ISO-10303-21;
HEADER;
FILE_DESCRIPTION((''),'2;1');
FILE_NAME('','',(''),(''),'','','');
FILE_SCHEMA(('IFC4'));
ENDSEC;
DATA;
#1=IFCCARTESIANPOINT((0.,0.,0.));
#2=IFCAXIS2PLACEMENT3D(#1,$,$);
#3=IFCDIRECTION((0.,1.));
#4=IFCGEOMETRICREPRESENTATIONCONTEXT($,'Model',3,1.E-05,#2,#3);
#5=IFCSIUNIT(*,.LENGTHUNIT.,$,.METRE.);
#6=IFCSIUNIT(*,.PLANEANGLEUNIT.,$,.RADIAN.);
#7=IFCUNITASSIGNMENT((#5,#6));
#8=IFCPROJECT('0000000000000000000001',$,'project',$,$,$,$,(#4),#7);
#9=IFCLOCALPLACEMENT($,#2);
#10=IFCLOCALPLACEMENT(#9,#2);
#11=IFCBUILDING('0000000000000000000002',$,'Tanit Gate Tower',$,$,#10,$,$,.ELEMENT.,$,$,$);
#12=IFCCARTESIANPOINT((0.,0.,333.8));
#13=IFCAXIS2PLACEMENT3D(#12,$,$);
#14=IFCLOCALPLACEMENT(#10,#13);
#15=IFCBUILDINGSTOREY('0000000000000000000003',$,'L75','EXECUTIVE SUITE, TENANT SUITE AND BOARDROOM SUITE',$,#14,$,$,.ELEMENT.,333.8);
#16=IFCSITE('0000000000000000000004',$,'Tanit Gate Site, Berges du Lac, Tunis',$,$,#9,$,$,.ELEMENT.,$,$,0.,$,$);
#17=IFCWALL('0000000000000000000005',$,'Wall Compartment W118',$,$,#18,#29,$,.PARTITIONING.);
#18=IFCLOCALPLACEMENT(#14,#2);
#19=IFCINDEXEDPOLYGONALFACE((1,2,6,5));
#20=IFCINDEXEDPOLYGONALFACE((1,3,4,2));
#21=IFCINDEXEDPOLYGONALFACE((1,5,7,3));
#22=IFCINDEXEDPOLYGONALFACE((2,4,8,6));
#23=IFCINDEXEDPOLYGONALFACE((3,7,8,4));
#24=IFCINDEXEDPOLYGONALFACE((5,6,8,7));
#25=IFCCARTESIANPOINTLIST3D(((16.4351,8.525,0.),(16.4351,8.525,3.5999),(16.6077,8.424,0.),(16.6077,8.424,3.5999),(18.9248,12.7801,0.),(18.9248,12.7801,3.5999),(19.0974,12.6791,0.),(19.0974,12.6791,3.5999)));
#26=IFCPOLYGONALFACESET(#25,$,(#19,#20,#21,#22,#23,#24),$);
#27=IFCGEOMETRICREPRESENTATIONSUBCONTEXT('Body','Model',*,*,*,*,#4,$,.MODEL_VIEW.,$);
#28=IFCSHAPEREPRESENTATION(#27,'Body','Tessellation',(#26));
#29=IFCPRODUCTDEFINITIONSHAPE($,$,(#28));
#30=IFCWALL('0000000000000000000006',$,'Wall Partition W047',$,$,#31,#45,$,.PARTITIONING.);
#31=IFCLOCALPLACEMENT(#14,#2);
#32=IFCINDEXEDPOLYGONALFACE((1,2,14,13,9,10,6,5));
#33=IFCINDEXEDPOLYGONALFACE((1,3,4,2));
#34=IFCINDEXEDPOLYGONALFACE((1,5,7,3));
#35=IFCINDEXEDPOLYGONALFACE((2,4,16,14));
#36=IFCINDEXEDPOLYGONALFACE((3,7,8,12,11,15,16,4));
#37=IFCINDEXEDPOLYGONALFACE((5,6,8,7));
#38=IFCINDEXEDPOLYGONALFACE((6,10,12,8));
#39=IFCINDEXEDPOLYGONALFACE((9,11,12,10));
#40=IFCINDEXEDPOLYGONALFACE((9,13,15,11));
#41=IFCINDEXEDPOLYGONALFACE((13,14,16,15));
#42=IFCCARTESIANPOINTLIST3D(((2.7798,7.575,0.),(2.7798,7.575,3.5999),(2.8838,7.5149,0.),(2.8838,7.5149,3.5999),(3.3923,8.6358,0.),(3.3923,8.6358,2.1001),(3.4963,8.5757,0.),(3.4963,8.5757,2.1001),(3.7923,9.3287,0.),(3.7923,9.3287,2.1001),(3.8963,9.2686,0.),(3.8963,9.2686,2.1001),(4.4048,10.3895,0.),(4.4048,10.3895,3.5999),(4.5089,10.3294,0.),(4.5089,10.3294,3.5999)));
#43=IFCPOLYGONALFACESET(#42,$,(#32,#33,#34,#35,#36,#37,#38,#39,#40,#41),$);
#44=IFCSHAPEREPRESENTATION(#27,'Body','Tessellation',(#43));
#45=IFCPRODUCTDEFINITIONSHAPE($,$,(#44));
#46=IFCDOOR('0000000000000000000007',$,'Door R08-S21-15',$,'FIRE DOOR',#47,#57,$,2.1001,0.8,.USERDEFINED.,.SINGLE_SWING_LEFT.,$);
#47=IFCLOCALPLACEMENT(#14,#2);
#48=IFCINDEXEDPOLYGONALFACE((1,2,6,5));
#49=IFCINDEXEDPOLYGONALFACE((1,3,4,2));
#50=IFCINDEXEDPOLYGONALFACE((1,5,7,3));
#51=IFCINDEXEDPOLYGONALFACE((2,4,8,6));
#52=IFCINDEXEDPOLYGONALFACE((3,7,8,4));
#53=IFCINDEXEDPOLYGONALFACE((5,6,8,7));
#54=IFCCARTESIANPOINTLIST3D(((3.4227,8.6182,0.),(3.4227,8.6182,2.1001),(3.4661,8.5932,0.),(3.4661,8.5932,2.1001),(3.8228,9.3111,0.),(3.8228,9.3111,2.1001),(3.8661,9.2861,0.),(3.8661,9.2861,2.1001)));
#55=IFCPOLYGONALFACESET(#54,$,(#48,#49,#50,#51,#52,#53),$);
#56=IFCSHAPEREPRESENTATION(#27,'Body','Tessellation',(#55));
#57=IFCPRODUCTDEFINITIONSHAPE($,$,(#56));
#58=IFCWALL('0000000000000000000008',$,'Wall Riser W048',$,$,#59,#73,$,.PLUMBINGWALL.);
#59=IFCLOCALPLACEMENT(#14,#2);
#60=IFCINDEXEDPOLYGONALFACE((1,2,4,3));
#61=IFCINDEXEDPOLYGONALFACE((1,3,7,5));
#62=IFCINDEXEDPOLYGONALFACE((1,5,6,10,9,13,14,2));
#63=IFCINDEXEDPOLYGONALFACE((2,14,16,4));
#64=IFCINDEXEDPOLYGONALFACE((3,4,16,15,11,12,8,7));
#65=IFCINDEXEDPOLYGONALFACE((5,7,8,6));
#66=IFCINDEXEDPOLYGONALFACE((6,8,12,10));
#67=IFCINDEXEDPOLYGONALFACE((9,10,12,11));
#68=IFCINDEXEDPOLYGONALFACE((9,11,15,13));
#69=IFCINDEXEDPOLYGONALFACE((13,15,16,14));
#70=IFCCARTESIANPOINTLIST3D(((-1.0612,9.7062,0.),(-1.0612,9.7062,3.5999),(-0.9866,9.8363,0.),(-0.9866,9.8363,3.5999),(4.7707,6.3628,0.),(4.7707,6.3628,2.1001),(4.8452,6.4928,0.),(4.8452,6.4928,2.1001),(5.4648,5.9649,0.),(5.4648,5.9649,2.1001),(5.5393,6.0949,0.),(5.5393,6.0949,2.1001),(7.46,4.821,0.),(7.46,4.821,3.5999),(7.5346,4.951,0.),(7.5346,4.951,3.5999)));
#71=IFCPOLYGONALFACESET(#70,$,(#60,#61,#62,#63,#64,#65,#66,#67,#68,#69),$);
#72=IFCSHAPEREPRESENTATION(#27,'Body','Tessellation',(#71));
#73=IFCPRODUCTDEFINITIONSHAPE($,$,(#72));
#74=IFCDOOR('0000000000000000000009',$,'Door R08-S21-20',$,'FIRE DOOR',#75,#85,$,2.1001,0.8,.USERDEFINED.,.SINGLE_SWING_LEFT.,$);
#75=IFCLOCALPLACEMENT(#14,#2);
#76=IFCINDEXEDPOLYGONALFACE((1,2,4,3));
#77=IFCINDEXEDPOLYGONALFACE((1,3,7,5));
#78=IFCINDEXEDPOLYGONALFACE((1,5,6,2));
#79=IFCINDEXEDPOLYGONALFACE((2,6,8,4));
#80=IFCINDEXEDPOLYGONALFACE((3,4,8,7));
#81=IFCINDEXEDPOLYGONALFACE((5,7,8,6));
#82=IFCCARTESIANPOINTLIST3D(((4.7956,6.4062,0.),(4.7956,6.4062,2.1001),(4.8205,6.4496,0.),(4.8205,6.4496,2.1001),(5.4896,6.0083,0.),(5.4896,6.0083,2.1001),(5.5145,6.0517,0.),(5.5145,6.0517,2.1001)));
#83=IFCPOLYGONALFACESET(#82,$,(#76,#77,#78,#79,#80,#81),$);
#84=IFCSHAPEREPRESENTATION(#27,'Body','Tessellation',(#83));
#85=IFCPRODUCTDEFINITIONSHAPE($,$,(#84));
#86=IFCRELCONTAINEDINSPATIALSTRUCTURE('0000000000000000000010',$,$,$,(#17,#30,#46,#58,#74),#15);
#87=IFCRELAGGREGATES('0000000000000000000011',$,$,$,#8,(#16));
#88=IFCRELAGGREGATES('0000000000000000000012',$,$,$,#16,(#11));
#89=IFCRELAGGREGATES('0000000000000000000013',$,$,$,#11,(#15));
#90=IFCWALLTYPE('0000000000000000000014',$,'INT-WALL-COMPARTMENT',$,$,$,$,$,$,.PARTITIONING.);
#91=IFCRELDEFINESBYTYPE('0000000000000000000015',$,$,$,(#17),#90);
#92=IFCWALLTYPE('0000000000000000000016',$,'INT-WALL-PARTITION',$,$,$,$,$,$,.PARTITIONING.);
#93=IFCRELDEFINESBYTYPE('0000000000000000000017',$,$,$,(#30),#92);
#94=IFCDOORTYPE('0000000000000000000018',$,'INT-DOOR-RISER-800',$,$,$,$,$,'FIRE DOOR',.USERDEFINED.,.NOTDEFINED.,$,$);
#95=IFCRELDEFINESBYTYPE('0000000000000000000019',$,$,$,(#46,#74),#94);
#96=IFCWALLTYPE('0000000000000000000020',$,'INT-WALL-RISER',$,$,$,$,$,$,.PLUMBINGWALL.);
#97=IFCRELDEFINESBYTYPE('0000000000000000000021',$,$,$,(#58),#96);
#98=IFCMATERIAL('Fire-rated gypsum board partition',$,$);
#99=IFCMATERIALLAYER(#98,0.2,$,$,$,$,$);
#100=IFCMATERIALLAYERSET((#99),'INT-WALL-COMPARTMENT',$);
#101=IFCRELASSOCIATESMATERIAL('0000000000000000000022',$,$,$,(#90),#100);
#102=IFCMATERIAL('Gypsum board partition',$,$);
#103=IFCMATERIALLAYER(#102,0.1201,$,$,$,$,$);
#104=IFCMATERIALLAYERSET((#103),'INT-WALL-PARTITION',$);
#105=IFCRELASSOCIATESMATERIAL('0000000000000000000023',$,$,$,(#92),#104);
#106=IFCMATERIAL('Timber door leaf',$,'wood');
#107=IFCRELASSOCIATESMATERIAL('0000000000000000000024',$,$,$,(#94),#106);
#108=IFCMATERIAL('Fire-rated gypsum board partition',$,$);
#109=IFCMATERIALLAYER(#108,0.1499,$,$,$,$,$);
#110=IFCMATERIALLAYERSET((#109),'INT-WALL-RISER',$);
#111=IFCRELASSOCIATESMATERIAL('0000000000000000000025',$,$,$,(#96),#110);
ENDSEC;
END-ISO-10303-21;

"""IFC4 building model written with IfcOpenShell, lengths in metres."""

from ifc_helpers import new_model, si_unit, direction, frame, frame_2d, origin, place, context, subcontext, project, spatial, rectangle, extrude, material, layer, layer_set, type_object, element, fill, save


model = new_model("IFC4")

# Units and contexts
model_context = context("Model", 3, precision=1e-05, world=origin(), true_north=direction((0.0, 1.0)))
body_context = subcontext(model_context, "Body", "Model", "MODEL_VIEW")
ifc_project = project(units=[si_unit("LENGTHUNIT", "METRE"), si_unit("PLANEANGLEUNIT", "RADIAN")], contexts=[model_context])

# Site, building, storey
site_placement = place(None, origin())
site = spatial("IfcSite", under=ifc_project, at=site_placement, Name="Tanit Gate Site, Berges du Lac, Tunis", CompositionType="ELEMENT", RefElevation=0.0)
building_placement = place(site_placement, origin())
building = spatial("IfcBuilding", under=site, at=building_placement, Name="Tanit Gate Tower", CompositionType="ELEMENT")
storey_placement = place(building_placement, frame((0.0, 0.0, 333.8)))
storey = spatial("IfcBuildingStorey", under=building, at=storey_placement, Name="L75", Description="EXECUTIVE SUITE, TENANT SUITE AND BOARDROOM SUITE", CompositionType="ELEMENT", Elevation=333.8)

# Shared definitions
ifc_material_1 = material(Name="Fire-rated gypsum board partition")
ifc_layer_1 = layer(ifc_material_1, 0.2)
ifc_layer_set_1 = layer_set([ifc_layer_1], Name="INT-WALL-COMPARTMENT")
wall_type_1 = type_object("IfcWallType", Name="INT-WALL-COMPARTMENT", PredefinedType="PARTITIONING", material=ifc_layer_set_1)

# Wall
wall_1_placement = place(storey_placement, frame((16.5215, 8.4746, 0.0), z_axis=(0.0, 0.0, 1.0), x_axis=(0.505019, 0.863108, 0.0)))
element("IfcWall", 1, at=wall_1_placement, inside=storey, type_object=wall_type_1, Name="Wall Compartment W118", PredefinedType="PARTITIONING", context=body_context, shape_type="SweptSolid", body=[
    extrude(rectangle(XDim=4.9299, YDim=0.2, at=frame_2d((2.4648, 0.0))), origin(), (0.0, 0.0, 1.0), 3.5999),
])

# Walls, openings, doors
ifc_material_2 = material(Name="Gypsum board partition")
ifc_layer_2 = layer(ifc_material_2, 0.1201)
ifc_layer_set_2 = layer_set([ifc_layer_2], Name="INT-WALL-PARTITION")
wall_type_2 = type_object("IfcWallType", Name="INT-WALL-PARTITION", PredefinedType="PARTITIONING", material=ifc_layer_set_2)
wall_2_placement = place(storey_placement, frame((2.8318, 7.5449, 0.0), z_axis=(0.0, 0.0, 1.0), x_axis=(0.500017, 0.866015, 0.0)))
wall_2 = element("IfcWall", 2, at=wall_2_placement, inside=storey, type_object=wall_type_2, Name="Wall Partition W047", PredefinedType="PARTITIONING", context=body_context, shape_type="SweptSolid", body=[
    extrude(rectangle(XDim=3.25, YDim=0.1201, at=frame_2d((1.625, 0.0))), origin(), (0.0, 0.0, 1.0), 3.5999),
])
opening_1_placement = place(wall_2_placement, frame((1.2251, 0.0, 0.0)))
opening_1 = element("IfcOpeningElement", 3, at=opening_1_placement, cuts=wall_2, PredefinedType="OPENING", context=body_context, shape_type="SweptSolid", body=[
    extrude(rectangle(XDim=0.8, YDim=2.1001, at=frame_2d((0.3999, 1.05))), frame((0.0, 0.0701, 0.0), z_axis=(0.0, -1.0, 0.0), x_axis=(1.0, 0.0, 0.0)), (0.0, 0.0, 1.0), 0.1401),
])
ifc_material_3 = material(Name="Timber door leaf", Category="wood")
door_type_1 = type_object("IfcDoorType", Name="INT-DOOR-RISER-800", ElementType="FIRE DOOR", OperationType="NOTDEFINED", PredefinedType="USERDEFINED", material=ifc_material_3)
door_1_placement = place(opening_1_placement, origin())
door_1 = element("IfcDoor", 4, at=door_1_placement, inside=storey, type_object=door_type_1, Name="Door R08-S21-15", ObjectType="FIRE DOOR", OperationType="SINGLE_SWING_LEFT", OverallHeight=2.1001, OverallWidth=0.8, PredefinedType="USERDEFINED", context=body_context, shape_type="SweptSolid", body=[
    extrude(rectangle(XDim=0.8, YDim=2.1001, at=frame_2d((0.3999, 1.05))), frame((0.0, 0.0249, 0.0), z_axis=(0.0, -1.0, 0.0), x_axis=(1.0, 0.0, 0.0)), (0.0, 0.0, 1.0), 0.05),
])
fill(opening_1, door_1)
ifc_material_4 = material(Name="Fire-rated gypsum board partition")
ifc_layer_3 = layer(ifc_material_4, 0.1499)
ifc_layer_set_3 = layer_set([ifc_layer_3], Name="INT-WALL-RISER")
wall_type_3 = type_object("IfcWallType", Name="INT-WALL-RISER", PredefinedType="PLUMBINGWALL", material=ifc_layer_set_3)
wall_3_placement = place(storey_placement, frame((7.4973, 4.886, 0.0), z_axis=(0.0, 0.0, 1.0), x_axis=(-0.867542, 0.497364, 0.0)))
wall_3 = element("IfcWall", 5, at=wall_3_placement, inside=storey, type_object=wall_type_3, Name="Wall Riser W048", PredefinedType="PLUMBINGWALL", context=body_context, shape_type="SweptSolid", body=[
    extrude(rectangle(XDim=9.8223, YDim=0.1499, at=frame_2d((4.9111, 0.0))), origin(), (0.0, 0.0, 1.0), 3.5999),
])
opening_2_placement = place(wall_3_placement, frame((2.3, 0.0, 0.0)))
opening_2 = element("IfcOpeningElement", 6, at=opening_2_placement, cuts=wall_3, PredefinedType="OPENING", context=body_context, shape_type="SweptSolid", body=[
    extrude(rectangle(XDim=0.8, YDim=2.1001, at=frame_2d((0.3999, 1.05))), frame((0.0, 0.085, 0.0), z_axis=(0.0, -1.0, 0.0), x_axis=(1.0, 0.0, 0.0)), (0.0, 0.0, 1.0), 0.1699),
])
door_2_placement = place(opening_2_placement, origin())
door_2 = element("IfcDoor", 7, at=door_2_placement, inside=storey, type_object=door_type_1, Name="Door R08-S21-20", ObjectType="FIRE DOOR", OperationType="SINGLE_SWING_LEFT", OverallHeight=2.1001, OverallWidth=0.8, PredefinedType="USERDEFINED", context=body_context, shape_type="SweptSolid", body=[
    extrude(rectangle(XDim=0.8, YDim=2.1001, at=frame_2d((0.3999, 1.05))), frame((0.0, 0.0249, 0.0), z_axis=(0.0, -1.0, 0.0), x_axis=(1.0, 0.0, 0.0)), (0.0, 0.0, 1.0), 0.05),
])
fill(opening_2, door_2)

save(model, "model.ifc")
